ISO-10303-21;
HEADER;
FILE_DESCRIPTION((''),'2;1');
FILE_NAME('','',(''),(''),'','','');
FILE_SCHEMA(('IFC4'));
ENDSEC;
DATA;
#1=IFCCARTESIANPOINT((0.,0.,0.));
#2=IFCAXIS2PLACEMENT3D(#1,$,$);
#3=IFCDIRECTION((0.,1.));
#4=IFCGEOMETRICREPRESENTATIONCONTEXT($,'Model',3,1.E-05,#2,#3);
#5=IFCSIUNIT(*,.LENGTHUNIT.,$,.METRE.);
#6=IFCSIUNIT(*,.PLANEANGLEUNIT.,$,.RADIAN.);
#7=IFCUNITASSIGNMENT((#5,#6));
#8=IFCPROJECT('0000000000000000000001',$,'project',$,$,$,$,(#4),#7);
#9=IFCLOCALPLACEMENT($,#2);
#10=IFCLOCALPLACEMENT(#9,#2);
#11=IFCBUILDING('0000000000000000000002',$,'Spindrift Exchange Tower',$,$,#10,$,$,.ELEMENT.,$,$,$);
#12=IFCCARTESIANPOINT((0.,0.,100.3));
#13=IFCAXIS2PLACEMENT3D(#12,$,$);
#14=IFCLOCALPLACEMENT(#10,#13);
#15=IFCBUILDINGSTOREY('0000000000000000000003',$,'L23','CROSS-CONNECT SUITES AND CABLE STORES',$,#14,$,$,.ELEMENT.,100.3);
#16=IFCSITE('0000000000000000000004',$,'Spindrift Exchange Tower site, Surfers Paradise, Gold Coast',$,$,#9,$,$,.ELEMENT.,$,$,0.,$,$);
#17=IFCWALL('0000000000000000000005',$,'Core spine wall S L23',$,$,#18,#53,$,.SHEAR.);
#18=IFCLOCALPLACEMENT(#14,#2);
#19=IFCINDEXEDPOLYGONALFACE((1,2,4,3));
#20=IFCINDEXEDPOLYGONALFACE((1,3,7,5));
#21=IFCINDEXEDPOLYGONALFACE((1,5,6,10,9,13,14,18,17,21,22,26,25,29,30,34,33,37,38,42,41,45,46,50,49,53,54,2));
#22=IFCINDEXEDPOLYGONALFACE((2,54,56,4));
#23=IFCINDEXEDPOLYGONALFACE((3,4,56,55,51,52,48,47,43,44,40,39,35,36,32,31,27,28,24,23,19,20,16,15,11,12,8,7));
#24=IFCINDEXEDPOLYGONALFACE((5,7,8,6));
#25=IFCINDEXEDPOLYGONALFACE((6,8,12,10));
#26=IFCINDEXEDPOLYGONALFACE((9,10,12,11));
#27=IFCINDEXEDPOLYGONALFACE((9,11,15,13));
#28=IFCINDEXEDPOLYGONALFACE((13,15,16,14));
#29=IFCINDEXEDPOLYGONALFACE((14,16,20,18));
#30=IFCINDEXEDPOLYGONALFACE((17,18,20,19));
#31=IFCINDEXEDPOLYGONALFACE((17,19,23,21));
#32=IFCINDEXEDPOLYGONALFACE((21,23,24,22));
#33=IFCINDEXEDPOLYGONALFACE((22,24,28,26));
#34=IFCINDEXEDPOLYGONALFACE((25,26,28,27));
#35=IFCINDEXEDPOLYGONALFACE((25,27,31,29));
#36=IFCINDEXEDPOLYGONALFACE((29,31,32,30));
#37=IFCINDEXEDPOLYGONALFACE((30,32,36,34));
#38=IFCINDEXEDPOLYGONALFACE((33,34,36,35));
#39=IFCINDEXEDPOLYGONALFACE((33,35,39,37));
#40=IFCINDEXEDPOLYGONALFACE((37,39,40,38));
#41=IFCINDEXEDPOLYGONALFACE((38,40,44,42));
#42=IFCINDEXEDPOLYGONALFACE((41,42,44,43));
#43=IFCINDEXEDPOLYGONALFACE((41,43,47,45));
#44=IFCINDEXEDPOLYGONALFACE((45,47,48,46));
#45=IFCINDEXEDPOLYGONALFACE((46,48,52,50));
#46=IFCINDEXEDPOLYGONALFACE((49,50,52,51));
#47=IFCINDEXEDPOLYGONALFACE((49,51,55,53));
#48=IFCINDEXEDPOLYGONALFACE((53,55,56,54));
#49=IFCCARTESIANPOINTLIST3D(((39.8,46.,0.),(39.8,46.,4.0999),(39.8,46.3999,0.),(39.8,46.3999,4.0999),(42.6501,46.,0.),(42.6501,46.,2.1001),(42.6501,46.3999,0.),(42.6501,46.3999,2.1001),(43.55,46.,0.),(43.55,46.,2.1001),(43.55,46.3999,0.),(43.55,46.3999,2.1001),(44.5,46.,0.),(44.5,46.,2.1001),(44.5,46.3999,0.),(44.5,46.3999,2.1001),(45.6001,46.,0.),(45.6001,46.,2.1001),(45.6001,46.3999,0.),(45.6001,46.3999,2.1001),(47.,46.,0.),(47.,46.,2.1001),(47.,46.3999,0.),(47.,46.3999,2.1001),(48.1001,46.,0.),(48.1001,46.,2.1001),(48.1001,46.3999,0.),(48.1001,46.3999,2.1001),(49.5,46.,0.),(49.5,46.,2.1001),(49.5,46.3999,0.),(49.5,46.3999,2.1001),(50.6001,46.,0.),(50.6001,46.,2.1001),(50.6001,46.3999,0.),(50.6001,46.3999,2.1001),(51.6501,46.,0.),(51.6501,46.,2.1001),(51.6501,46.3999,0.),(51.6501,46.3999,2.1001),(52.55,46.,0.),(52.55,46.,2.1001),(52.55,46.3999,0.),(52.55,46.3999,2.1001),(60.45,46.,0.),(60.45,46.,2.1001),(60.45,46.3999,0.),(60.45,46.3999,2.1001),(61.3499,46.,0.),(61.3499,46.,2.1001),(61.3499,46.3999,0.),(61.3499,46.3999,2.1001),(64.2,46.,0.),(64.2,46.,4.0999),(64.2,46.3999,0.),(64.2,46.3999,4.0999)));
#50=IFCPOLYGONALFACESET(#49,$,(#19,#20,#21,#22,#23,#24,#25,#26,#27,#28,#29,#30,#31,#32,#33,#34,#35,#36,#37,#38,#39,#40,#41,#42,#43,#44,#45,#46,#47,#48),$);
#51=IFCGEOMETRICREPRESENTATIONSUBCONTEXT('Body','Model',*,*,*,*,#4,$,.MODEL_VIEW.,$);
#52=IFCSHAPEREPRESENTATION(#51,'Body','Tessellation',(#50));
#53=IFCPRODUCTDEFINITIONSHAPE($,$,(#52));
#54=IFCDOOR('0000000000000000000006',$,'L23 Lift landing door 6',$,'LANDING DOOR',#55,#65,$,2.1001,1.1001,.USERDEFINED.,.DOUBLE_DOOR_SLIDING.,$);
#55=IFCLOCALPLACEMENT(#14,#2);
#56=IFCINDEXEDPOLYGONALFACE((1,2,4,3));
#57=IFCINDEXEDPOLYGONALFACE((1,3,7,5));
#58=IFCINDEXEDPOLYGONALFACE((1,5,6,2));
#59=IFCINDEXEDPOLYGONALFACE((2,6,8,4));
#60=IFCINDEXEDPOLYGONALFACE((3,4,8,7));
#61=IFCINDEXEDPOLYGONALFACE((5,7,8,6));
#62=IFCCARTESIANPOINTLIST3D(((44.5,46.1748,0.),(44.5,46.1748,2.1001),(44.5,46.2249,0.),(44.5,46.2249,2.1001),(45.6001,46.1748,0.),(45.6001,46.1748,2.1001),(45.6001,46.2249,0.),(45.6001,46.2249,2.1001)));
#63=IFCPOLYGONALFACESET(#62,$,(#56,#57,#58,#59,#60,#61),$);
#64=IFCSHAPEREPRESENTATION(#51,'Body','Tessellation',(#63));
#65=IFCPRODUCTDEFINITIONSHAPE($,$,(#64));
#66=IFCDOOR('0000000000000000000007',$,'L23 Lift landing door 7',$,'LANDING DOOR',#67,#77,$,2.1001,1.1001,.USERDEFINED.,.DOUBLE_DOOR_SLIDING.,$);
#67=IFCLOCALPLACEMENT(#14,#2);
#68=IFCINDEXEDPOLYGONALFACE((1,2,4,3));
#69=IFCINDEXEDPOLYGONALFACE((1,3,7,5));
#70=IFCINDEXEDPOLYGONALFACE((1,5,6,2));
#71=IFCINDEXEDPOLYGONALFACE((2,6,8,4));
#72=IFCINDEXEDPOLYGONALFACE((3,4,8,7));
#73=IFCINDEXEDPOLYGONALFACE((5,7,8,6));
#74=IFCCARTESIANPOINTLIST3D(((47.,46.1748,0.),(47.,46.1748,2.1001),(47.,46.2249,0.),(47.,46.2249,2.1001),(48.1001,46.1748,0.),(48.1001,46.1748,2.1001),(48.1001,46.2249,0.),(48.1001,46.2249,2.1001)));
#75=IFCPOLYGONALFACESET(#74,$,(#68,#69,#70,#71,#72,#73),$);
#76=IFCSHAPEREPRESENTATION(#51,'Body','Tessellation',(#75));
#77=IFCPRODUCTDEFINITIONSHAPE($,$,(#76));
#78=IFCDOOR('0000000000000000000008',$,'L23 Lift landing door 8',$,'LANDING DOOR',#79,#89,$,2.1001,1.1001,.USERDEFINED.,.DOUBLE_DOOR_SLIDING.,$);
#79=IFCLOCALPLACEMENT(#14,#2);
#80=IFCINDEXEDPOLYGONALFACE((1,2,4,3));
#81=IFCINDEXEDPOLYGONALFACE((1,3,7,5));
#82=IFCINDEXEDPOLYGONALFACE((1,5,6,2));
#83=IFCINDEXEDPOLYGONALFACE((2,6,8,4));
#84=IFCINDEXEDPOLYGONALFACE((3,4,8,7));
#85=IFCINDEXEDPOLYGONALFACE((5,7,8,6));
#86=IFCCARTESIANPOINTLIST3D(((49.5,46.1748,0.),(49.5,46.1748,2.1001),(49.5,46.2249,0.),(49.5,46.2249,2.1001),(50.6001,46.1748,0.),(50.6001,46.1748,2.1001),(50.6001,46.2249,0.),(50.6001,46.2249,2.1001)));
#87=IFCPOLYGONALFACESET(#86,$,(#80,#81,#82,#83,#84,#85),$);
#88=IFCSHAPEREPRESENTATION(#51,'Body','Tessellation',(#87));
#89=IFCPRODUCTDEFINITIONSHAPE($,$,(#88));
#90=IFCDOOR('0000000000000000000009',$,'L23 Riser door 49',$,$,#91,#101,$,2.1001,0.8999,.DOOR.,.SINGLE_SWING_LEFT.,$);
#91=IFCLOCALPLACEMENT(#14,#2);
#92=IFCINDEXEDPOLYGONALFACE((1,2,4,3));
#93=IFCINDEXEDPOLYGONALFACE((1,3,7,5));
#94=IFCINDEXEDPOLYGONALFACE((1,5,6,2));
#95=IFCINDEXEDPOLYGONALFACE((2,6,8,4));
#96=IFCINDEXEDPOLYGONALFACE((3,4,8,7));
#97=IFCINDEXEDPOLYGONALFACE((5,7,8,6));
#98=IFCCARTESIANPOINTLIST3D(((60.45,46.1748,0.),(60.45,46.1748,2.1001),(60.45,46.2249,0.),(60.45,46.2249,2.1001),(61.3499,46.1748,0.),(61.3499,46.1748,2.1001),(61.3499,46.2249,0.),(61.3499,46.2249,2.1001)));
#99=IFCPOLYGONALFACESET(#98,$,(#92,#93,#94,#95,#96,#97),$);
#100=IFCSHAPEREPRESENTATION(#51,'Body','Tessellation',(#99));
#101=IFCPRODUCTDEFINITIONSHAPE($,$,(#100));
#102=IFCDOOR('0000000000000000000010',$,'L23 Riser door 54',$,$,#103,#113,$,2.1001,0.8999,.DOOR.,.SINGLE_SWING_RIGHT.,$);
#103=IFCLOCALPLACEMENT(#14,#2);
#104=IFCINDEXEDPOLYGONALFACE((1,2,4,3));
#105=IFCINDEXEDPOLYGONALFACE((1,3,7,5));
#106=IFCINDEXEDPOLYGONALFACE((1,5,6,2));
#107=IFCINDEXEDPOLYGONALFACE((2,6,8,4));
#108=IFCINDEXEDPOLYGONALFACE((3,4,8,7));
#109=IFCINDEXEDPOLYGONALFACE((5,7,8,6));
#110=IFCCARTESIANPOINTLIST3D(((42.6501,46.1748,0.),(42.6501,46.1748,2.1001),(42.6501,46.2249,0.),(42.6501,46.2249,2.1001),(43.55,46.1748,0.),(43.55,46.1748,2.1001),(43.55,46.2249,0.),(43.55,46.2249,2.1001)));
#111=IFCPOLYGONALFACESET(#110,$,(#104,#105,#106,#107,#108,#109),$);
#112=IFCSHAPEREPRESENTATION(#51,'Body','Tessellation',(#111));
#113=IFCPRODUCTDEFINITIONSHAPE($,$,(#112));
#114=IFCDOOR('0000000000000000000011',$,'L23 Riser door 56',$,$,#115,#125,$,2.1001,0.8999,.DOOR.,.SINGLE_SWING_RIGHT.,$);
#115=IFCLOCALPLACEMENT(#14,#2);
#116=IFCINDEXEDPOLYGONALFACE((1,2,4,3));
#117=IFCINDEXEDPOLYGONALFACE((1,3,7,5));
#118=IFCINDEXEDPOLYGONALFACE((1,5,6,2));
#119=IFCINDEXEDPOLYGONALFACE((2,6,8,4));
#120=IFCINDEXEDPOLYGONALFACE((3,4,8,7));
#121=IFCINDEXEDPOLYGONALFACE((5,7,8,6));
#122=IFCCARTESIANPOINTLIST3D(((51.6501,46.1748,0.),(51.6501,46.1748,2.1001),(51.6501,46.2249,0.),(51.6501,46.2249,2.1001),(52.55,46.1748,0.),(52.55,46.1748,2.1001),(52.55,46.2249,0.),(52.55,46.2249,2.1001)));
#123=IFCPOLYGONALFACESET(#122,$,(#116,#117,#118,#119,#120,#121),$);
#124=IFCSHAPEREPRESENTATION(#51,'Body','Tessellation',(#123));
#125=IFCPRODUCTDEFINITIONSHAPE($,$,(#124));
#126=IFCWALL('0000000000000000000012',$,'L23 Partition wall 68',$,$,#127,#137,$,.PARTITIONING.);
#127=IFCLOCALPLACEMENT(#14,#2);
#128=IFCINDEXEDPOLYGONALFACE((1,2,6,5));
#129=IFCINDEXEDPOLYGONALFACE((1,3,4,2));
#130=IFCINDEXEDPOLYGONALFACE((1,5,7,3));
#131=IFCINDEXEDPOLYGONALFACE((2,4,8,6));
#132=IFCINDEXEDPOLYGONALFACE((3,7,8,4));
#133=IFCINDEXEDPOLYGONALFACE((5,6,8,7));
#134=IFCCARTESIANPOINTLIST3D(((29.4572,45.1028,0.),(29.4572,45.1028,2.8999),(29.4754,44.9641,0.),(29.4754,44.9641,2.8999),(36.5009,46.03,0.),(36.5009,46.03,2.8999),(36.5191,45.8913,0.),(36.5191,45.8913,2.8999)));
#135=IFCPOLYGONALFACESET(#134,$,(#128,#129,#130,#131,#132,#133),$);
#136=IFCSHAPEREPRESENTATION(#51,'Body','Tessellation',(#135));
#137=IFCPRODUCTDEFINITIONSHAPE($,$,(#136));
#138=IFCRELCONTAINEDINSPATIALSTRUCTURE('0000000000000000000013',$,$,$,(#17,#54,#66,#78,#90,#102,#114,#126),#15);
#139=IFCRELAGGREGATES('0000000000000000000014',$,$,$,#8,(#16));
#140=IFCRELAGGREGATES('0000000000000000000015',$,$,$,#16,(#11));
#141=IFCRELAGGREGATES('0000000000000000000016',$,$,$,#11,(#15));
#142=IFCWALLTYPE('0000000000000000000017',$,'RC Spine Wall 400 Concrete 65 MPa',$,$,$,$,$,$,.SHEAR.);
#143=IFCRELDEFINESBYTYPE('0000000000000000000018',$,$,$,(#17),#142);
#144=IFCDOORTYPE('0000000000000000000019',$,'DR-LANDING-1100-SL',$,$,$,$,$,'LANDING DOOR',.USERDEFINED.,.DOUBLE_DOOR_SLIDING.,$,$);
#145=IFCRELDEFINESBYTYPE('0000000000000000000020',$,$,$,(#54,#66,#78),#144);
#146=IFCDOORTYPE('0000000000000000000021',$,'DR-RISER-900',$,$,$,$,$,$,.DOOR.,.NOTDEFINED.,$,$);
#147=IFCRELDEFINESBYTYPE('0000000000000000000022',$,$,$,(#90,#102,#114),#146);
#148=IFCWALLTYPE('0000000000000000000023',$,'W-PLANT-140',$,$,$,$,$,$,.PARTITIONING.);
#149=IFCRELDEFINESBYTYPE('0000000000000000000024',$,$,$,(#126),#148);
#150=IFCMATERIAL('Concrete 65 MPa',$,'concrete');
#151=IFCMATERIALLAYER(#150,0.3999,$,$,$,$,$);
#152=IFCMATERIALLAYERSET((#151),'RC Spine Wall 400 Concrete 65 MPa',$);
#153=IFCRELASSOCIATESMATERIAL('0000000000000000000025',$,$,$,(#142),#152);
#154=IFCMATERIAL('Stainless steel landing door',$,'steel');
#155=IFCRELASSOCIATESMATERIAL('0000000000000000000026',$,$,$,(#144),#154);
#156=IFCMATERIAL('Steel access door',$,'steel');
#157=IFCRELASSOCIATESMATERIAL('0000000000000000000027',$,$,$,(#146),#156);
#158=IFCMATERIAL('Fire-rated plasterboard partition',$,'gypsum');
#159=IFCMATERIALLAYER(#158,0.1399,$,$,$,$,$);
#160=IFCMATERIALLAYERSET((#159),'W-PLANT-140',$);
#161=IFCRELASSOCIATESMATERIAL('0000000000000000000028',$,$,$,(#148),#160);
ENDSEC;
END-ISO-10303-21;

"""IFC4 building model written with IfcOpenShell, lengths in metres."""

from ifc_helpers import new_model, si_unit, direction, frame, frame_2d, origin, place, context, subcontext, project, spatial, rectangle, extrude, source, transform, mapped, material, layer, layer_set, type_object, element, fill, save


model = new_model("IFC4")

# Units and contexts
model_context = context("Model", 3, precision=1e-05, world=origin(), true_north=direction((0.0, 1.0)))
body_context = subcontext(model_context, "Body", "Model", "MODEL_VIEW")
ifc_project = project(units=[si_unit("LENGTHUNIT", "METRE"), si_unit("PLANEANGLEUNIT", "RADIAN")], contexts=[model_context])

# Site, building, storey
site_placement = place(None, origin())
site = spatial("IfcSite", under=ifc_project, at=site_placement, Name="Spindrift Exchange Tower site, Surfers Paradise, Gold Coast", CompositionType="ELEMENT", RefElevation=0.0)
building_placement = place(site_placement, origin())
building = spatial("IfcBuilding", under=site, at=building_placement, Name="Spindrift Exchange Tower", CompositionType="ELEMENT")
storey_placement = place(building_placement, frame((0.0, 0.0, 100.3)))
storey = spatial("IfcBuildingStorey", under=building, at=storey_placement, Name="L23", Description="CROSS-CONNECT SUITES AND CABLE STORES", CompositionType="ELEMENT", Elevation=100.3)

# Shared definitions
ifc_material_1 = material(Name="Concrete 65 MPa", Category="concrete")

# Wall, openings, doors
ifc_layer_1 = layer(ifc_material_1, 0.3999)
ifc_layer_set_1 = layer_set([ifc_layer_1], Name="RC Spine Wall 400 Concrete 65 MPa")
wall_type_1 = type_object("IfcWallType", Name="RC Spine Wall 400 Concrete 65 MPa", PredefinedType="SHEAR", material=ifc_layer_set_1)
ifc_material_2 = material(Name="Stainless steel landing door", Category="steel")
door_type_1 = type_object("IfcDoorType", Name="DR-LANDING-1100-SL", ElementType="LANDING DOOR", OperationType="DOUBLE_DOOR_SLIDING", PredefinedType="USERDEFINED", material=ifc_material_2)
shared_shape_1 = source(origin(), body_context, "Body", "SweptSolid", [
    extrude(rectangle(XDim=1.1001, YDim=2.1001, at=frame_2d((0.55, 1.05))), frame((0.0, 0.0249, 0.0), z_axis=(0.0, -1.0, 0.0), x_axis=(1.0, 0.0, 0.0)), (0.0, 0.0, 1.0), 0.05),
])
ifc_material_3 = material(Name="Steel access door", Category="steel")
door_type_2 = type_object("IfcDoorType", Name="DR-RISER-900", OperationType="NOTDEFINED", PredefinedType="DOOR", material=ifc_material_3)
shared_shape_2 = source(origin(), body_context, "Body", "SweptSolid", [
    extrude(rectangle(XDim=0.8999, YDim=2.1001, at=frame_2d((0.45, 1.05))), frame((0.0, 0.0249, 0.0), z_axis=(0.0, -1.0, 0.0), x_axis=(1.0, 0.0, 0.0)), (0.0, 0.0, 1.0), 0.05),
])
wall_1_placement = place(storey_placement, frame((39.8, 46.2, 0.0), z_axis=(0.0, 0.0, 1.0), x_axis=(1.0, 0.0, 0.0)))
wall_1 = element("IfcWall", 1, at=wall_1_placement, inside=storey, type_object=wall_type_1, Name="Core spine wall S L23", PredefinedType="SHEAR", context=body_context, shape_type="SweptSolid", body=[
    extrude(rectangle(XDim=24.3999, YDim=0.3999, at=frame_2d((12.2, 0.0))), origin(), (0.0, 0.0, 1.0), 4.0999),
])
opening_1_placement = place(wall_1_placement, frame((4.7, 0.0, 0.0)))
opening_1 = element("IfcOpeningElement", 2, at=opening_1_placement, cuts=wall_1, PredefinedType="OPENING", context=body_context, shape_type="SweptSolid", body=[
    extrude(rectangle(XDim=1.1001, YDim=2.1001, at=frame_2d((0.55, 1.05))), frame((0.0, 0.21, 0.0), z_axis=(0.0, -1.0, 0.0), x_axis=(1.0, 0.0, 0.0)), (0.0, 0.0, 1.0), 0.4199),
])
opening_2_placement = place(wall_1_placement, frame((7.2, 0.0, 0.0)))
opening_2 = element("IfcOpeningElement", 3, at=opening_2_placement, cuts=wall_1, PredefinedType="OPENING", context=body_context, shape_type="SweptSolid", body=[
    extrude(rectangle(XDim=1.1001, YDim=2.1001, at=frame_2d((0.55, 1.05))), frame((0.0, 0.21, 0.0), z_axis=(0.0, -1.0, 0.0), x_axis=(1.0, 0.0, 0.0)), (0.0, 0.0, 1.0), 0.4199),
])
opening_3_placement = place(wall_1_placement, frame((9.7, 0.0, 0.0)))
opening_3 = element("IfcOpeningElement", 4, at=opening_3_placement, cuts=wall_1, PredefinedType="OPENING", context=body_context, shape_type="SweptSolid", body=[
    extrude(rectangle(XDim=1.1001, YDim=2.1001, at=frame_2d((0.55, 1.05))), frame((0.0, 0.21, 0.0), z_axis=(0.0, -1.0, 0.0), x_axis=(1.0, 0.0, 0.0)), (0.0, 0.0, 1.0), 0.4199),
])
opening_4_placement = place(wall_1_placement, frame((20.6499, 0.0, 0.0)))
opening_4 = element("IfcOpeningElement", 5, at=opening_4_placement, cuts=wall_1, PredefinedType="OPENING", context=body_context, shape_type="SweptSolid", body=[
    extrude(rectangle(XDim=0.8999, YDim=2.1001, at=frame_2d((0.45, 1.05))), frame((0.0, 0.21, 0.0), z_axis=(0.0, -1.0, 0.0), x_axis=(1.0, 0.0, 0.0)), (0.0, 0.0, 1.0), 0.4199),
])
opening_5_placement = place(wall_1_placement, frame((2.8501, 0.0, 0.0)))
opening_5 = element("IfcOpeningElement", 6, at=opening_5_placement, cuts=wall_1, PredefinedType="OPENING", context=body_context, shape_type="SweptSolid", body=[
    extrude(rectangle(XDim=0.8999, YDim=2.1001, at=frame_2d((0.45, 1.05))), frame((0.0, 0.21, 0.0), z_axis=(0.0, -1.0, 0.0), x_axis=(1.0, 0.0, 0.0)), (0.0, 0.0, 1.0), 0.4199),
])
opening_6_placement = place(wall_1_placement, frame((11.8501, 0.0, 0.0)))
opening_6 = element("IfcOpeningElement", 7, at=opening_6_placement, cuts=wall_1, PredefinedType="OPENING", context=body_context, shape_type="SweptSolid", body=[
    extrude(rectangle(XDim=0.8999, YDim=2.1001, at=frame_2d((0.45, 1.05))), frame((0.0, 0.21, 0.0), z_axis=(0.0, -1.0, 0.0), x_axis=(1.0, 0.0, 0.0)), (0.0, 0.0, 1.0), 0.4199),
])
door_1_placement = place(opening_1_placement, origin())
door_1 = element("IfcDoor", 8, at=door_1_placement, inside=storey, type_object=door_type_1, Name="L23 Lift landing door 6", ObjectType="LANDING DOOR", OperationType="DOUBLE_DOOR_SLIDING", OverallHeight=2.1001, OverallWidth=1.1001, PredefinedType="USERDEFINED", context=body_context, shape_type="MappedRepresentation", body=[
    mapped(shared_shape_1, transform((0.0, 0.0, 0.0), scale=1.0)),
])
fill(opening_1, door_1)
door_2_placement = place(opening_2_placement, origin())
door_2 = element("IfcDoor", 9, at=door_2_placement, inside=storey, type_object=door_type_1, Name="L23 Lift landing door 7", ObjectType="LANDING DOOR", OperationType="DOUBLE_DOOR_SLIDING", OverallHeight=2.1001, OverallWidth=1.1001, PredefinedType="USERDEFINED", context=body_context, shape_type="MappedRepresentation", body=[
    mapped(shared_shape_1, transform((0.0, 0.0, 0.0), scale=1.0)),
])
fill(opening_2, door_2)
door_3_placement = place(opening_3_placement, origin())
door_3 = element("IfcDoor", 10, at=door_3_placement, inside=storey, type_object=door_type_1, Name="L23 Lift landing door 8", ObjectType="LANDING DOOR", OperationType="DOUBLE_DOOR_SLIDING", OverallHeight=2.1001, OverallWidth=1.1001, PredefinedType="USERDEFINED", context=body_context, shape_type="MappedRepresentation", body=[
    mapped(shared_shape_1, transform((0.0, 0.0, 0.0), scale=1.0)),
])
fill(opening_3, door_3)
door_4_placement = place(opening_4_placement, origin())
door_4 = element("IfcDoor", 11, at=door_4_placement, inside=storey, type_object=door_type_2, Name="L23 Riser door 49", OperationType="SINGLE_SWING_LEFT", OverallHeight=2.1001, OverallWidth=0.8999, PredefinedType="DOOR", context=body_context, shape_type="MappedRepresentation", body=[
    mapped(shared_shape_2, transform((0.0, 0.0, 0.0), scale=1.0)),
])
fill(opening_4, door_4)
door_5_placement = place(opening_5_placement, origin())
door_5 = element("IfcDoor", 12, at=door_5_placement, inside=storey, type_object=door_type_2, Name="L23 Riser door 54", OperationType="SINGLE_SWING_RIGHT", OverallHeight=2.1001, OverallWidth=0.8999, PredefinedType="DOOR", context=body_context, shape_type="MappedRepresentation", body=[
    mapped(shared_shape_2, transform((0.0, 0.0, 0.0), scale=1.0)),
])
fill(opening_5, door_5)
door_6_placement = place(opening_6_placement, origin())
door_6 = element("IfcDoor", 13, at=door_6_placement, inside=storey, type_object=door_type_2, Name="L23 Riser door 56", OperationType="SINGLE_SWING_RIGHT", OverallHeight=2.1001, OverallWidth=0.8999, PredefinedType="DOOR", context=body_context, shape_type="MappedRepresentation", body=[
    mapped(shared_shape_2, transform((0.0, 0.0, 0.0), scale=1.0)),
])
fill(opening_6, door_6)

# Wall
ifc_material_4 = material(Name="Fire-rated plasterboard partition", Category="gypsum")
ifc_layer_2 = layer(ifc_material_4, 0.1399)
ifc_layer_set_2 = layer_set([ifc_layer_2], Name="W-PLANT-140")
wall_type_2 = type_object("IfcWallType", Name="W-PLANT-140", PredefinedType="PARTITIONING", material=ifc_layer_set_2)
wall_2_placement = place(storey_placement, frame((36.51, 45.9607, 0.0), z_axis=(0.0, 0.0, 1.0), x_axis=(-0.991446, -0.130516, 0.0)))
element("IfcWall", 14, at=wall_2_placement, inside=storey, type_object=wall_type_2, Name="L23 Partition wall 68", PredefinedType="PARTITIONING", context=body_context, shape_type="SweptSolid", body=[
    extrude(rectangle(XDim=7.1045, YDim=0.1399, at=frame_2d((3.5522, 0.0))), origin(), (0.0, 0.0, 1.0), 2.8999),
])

save(model, "model.ifc")
